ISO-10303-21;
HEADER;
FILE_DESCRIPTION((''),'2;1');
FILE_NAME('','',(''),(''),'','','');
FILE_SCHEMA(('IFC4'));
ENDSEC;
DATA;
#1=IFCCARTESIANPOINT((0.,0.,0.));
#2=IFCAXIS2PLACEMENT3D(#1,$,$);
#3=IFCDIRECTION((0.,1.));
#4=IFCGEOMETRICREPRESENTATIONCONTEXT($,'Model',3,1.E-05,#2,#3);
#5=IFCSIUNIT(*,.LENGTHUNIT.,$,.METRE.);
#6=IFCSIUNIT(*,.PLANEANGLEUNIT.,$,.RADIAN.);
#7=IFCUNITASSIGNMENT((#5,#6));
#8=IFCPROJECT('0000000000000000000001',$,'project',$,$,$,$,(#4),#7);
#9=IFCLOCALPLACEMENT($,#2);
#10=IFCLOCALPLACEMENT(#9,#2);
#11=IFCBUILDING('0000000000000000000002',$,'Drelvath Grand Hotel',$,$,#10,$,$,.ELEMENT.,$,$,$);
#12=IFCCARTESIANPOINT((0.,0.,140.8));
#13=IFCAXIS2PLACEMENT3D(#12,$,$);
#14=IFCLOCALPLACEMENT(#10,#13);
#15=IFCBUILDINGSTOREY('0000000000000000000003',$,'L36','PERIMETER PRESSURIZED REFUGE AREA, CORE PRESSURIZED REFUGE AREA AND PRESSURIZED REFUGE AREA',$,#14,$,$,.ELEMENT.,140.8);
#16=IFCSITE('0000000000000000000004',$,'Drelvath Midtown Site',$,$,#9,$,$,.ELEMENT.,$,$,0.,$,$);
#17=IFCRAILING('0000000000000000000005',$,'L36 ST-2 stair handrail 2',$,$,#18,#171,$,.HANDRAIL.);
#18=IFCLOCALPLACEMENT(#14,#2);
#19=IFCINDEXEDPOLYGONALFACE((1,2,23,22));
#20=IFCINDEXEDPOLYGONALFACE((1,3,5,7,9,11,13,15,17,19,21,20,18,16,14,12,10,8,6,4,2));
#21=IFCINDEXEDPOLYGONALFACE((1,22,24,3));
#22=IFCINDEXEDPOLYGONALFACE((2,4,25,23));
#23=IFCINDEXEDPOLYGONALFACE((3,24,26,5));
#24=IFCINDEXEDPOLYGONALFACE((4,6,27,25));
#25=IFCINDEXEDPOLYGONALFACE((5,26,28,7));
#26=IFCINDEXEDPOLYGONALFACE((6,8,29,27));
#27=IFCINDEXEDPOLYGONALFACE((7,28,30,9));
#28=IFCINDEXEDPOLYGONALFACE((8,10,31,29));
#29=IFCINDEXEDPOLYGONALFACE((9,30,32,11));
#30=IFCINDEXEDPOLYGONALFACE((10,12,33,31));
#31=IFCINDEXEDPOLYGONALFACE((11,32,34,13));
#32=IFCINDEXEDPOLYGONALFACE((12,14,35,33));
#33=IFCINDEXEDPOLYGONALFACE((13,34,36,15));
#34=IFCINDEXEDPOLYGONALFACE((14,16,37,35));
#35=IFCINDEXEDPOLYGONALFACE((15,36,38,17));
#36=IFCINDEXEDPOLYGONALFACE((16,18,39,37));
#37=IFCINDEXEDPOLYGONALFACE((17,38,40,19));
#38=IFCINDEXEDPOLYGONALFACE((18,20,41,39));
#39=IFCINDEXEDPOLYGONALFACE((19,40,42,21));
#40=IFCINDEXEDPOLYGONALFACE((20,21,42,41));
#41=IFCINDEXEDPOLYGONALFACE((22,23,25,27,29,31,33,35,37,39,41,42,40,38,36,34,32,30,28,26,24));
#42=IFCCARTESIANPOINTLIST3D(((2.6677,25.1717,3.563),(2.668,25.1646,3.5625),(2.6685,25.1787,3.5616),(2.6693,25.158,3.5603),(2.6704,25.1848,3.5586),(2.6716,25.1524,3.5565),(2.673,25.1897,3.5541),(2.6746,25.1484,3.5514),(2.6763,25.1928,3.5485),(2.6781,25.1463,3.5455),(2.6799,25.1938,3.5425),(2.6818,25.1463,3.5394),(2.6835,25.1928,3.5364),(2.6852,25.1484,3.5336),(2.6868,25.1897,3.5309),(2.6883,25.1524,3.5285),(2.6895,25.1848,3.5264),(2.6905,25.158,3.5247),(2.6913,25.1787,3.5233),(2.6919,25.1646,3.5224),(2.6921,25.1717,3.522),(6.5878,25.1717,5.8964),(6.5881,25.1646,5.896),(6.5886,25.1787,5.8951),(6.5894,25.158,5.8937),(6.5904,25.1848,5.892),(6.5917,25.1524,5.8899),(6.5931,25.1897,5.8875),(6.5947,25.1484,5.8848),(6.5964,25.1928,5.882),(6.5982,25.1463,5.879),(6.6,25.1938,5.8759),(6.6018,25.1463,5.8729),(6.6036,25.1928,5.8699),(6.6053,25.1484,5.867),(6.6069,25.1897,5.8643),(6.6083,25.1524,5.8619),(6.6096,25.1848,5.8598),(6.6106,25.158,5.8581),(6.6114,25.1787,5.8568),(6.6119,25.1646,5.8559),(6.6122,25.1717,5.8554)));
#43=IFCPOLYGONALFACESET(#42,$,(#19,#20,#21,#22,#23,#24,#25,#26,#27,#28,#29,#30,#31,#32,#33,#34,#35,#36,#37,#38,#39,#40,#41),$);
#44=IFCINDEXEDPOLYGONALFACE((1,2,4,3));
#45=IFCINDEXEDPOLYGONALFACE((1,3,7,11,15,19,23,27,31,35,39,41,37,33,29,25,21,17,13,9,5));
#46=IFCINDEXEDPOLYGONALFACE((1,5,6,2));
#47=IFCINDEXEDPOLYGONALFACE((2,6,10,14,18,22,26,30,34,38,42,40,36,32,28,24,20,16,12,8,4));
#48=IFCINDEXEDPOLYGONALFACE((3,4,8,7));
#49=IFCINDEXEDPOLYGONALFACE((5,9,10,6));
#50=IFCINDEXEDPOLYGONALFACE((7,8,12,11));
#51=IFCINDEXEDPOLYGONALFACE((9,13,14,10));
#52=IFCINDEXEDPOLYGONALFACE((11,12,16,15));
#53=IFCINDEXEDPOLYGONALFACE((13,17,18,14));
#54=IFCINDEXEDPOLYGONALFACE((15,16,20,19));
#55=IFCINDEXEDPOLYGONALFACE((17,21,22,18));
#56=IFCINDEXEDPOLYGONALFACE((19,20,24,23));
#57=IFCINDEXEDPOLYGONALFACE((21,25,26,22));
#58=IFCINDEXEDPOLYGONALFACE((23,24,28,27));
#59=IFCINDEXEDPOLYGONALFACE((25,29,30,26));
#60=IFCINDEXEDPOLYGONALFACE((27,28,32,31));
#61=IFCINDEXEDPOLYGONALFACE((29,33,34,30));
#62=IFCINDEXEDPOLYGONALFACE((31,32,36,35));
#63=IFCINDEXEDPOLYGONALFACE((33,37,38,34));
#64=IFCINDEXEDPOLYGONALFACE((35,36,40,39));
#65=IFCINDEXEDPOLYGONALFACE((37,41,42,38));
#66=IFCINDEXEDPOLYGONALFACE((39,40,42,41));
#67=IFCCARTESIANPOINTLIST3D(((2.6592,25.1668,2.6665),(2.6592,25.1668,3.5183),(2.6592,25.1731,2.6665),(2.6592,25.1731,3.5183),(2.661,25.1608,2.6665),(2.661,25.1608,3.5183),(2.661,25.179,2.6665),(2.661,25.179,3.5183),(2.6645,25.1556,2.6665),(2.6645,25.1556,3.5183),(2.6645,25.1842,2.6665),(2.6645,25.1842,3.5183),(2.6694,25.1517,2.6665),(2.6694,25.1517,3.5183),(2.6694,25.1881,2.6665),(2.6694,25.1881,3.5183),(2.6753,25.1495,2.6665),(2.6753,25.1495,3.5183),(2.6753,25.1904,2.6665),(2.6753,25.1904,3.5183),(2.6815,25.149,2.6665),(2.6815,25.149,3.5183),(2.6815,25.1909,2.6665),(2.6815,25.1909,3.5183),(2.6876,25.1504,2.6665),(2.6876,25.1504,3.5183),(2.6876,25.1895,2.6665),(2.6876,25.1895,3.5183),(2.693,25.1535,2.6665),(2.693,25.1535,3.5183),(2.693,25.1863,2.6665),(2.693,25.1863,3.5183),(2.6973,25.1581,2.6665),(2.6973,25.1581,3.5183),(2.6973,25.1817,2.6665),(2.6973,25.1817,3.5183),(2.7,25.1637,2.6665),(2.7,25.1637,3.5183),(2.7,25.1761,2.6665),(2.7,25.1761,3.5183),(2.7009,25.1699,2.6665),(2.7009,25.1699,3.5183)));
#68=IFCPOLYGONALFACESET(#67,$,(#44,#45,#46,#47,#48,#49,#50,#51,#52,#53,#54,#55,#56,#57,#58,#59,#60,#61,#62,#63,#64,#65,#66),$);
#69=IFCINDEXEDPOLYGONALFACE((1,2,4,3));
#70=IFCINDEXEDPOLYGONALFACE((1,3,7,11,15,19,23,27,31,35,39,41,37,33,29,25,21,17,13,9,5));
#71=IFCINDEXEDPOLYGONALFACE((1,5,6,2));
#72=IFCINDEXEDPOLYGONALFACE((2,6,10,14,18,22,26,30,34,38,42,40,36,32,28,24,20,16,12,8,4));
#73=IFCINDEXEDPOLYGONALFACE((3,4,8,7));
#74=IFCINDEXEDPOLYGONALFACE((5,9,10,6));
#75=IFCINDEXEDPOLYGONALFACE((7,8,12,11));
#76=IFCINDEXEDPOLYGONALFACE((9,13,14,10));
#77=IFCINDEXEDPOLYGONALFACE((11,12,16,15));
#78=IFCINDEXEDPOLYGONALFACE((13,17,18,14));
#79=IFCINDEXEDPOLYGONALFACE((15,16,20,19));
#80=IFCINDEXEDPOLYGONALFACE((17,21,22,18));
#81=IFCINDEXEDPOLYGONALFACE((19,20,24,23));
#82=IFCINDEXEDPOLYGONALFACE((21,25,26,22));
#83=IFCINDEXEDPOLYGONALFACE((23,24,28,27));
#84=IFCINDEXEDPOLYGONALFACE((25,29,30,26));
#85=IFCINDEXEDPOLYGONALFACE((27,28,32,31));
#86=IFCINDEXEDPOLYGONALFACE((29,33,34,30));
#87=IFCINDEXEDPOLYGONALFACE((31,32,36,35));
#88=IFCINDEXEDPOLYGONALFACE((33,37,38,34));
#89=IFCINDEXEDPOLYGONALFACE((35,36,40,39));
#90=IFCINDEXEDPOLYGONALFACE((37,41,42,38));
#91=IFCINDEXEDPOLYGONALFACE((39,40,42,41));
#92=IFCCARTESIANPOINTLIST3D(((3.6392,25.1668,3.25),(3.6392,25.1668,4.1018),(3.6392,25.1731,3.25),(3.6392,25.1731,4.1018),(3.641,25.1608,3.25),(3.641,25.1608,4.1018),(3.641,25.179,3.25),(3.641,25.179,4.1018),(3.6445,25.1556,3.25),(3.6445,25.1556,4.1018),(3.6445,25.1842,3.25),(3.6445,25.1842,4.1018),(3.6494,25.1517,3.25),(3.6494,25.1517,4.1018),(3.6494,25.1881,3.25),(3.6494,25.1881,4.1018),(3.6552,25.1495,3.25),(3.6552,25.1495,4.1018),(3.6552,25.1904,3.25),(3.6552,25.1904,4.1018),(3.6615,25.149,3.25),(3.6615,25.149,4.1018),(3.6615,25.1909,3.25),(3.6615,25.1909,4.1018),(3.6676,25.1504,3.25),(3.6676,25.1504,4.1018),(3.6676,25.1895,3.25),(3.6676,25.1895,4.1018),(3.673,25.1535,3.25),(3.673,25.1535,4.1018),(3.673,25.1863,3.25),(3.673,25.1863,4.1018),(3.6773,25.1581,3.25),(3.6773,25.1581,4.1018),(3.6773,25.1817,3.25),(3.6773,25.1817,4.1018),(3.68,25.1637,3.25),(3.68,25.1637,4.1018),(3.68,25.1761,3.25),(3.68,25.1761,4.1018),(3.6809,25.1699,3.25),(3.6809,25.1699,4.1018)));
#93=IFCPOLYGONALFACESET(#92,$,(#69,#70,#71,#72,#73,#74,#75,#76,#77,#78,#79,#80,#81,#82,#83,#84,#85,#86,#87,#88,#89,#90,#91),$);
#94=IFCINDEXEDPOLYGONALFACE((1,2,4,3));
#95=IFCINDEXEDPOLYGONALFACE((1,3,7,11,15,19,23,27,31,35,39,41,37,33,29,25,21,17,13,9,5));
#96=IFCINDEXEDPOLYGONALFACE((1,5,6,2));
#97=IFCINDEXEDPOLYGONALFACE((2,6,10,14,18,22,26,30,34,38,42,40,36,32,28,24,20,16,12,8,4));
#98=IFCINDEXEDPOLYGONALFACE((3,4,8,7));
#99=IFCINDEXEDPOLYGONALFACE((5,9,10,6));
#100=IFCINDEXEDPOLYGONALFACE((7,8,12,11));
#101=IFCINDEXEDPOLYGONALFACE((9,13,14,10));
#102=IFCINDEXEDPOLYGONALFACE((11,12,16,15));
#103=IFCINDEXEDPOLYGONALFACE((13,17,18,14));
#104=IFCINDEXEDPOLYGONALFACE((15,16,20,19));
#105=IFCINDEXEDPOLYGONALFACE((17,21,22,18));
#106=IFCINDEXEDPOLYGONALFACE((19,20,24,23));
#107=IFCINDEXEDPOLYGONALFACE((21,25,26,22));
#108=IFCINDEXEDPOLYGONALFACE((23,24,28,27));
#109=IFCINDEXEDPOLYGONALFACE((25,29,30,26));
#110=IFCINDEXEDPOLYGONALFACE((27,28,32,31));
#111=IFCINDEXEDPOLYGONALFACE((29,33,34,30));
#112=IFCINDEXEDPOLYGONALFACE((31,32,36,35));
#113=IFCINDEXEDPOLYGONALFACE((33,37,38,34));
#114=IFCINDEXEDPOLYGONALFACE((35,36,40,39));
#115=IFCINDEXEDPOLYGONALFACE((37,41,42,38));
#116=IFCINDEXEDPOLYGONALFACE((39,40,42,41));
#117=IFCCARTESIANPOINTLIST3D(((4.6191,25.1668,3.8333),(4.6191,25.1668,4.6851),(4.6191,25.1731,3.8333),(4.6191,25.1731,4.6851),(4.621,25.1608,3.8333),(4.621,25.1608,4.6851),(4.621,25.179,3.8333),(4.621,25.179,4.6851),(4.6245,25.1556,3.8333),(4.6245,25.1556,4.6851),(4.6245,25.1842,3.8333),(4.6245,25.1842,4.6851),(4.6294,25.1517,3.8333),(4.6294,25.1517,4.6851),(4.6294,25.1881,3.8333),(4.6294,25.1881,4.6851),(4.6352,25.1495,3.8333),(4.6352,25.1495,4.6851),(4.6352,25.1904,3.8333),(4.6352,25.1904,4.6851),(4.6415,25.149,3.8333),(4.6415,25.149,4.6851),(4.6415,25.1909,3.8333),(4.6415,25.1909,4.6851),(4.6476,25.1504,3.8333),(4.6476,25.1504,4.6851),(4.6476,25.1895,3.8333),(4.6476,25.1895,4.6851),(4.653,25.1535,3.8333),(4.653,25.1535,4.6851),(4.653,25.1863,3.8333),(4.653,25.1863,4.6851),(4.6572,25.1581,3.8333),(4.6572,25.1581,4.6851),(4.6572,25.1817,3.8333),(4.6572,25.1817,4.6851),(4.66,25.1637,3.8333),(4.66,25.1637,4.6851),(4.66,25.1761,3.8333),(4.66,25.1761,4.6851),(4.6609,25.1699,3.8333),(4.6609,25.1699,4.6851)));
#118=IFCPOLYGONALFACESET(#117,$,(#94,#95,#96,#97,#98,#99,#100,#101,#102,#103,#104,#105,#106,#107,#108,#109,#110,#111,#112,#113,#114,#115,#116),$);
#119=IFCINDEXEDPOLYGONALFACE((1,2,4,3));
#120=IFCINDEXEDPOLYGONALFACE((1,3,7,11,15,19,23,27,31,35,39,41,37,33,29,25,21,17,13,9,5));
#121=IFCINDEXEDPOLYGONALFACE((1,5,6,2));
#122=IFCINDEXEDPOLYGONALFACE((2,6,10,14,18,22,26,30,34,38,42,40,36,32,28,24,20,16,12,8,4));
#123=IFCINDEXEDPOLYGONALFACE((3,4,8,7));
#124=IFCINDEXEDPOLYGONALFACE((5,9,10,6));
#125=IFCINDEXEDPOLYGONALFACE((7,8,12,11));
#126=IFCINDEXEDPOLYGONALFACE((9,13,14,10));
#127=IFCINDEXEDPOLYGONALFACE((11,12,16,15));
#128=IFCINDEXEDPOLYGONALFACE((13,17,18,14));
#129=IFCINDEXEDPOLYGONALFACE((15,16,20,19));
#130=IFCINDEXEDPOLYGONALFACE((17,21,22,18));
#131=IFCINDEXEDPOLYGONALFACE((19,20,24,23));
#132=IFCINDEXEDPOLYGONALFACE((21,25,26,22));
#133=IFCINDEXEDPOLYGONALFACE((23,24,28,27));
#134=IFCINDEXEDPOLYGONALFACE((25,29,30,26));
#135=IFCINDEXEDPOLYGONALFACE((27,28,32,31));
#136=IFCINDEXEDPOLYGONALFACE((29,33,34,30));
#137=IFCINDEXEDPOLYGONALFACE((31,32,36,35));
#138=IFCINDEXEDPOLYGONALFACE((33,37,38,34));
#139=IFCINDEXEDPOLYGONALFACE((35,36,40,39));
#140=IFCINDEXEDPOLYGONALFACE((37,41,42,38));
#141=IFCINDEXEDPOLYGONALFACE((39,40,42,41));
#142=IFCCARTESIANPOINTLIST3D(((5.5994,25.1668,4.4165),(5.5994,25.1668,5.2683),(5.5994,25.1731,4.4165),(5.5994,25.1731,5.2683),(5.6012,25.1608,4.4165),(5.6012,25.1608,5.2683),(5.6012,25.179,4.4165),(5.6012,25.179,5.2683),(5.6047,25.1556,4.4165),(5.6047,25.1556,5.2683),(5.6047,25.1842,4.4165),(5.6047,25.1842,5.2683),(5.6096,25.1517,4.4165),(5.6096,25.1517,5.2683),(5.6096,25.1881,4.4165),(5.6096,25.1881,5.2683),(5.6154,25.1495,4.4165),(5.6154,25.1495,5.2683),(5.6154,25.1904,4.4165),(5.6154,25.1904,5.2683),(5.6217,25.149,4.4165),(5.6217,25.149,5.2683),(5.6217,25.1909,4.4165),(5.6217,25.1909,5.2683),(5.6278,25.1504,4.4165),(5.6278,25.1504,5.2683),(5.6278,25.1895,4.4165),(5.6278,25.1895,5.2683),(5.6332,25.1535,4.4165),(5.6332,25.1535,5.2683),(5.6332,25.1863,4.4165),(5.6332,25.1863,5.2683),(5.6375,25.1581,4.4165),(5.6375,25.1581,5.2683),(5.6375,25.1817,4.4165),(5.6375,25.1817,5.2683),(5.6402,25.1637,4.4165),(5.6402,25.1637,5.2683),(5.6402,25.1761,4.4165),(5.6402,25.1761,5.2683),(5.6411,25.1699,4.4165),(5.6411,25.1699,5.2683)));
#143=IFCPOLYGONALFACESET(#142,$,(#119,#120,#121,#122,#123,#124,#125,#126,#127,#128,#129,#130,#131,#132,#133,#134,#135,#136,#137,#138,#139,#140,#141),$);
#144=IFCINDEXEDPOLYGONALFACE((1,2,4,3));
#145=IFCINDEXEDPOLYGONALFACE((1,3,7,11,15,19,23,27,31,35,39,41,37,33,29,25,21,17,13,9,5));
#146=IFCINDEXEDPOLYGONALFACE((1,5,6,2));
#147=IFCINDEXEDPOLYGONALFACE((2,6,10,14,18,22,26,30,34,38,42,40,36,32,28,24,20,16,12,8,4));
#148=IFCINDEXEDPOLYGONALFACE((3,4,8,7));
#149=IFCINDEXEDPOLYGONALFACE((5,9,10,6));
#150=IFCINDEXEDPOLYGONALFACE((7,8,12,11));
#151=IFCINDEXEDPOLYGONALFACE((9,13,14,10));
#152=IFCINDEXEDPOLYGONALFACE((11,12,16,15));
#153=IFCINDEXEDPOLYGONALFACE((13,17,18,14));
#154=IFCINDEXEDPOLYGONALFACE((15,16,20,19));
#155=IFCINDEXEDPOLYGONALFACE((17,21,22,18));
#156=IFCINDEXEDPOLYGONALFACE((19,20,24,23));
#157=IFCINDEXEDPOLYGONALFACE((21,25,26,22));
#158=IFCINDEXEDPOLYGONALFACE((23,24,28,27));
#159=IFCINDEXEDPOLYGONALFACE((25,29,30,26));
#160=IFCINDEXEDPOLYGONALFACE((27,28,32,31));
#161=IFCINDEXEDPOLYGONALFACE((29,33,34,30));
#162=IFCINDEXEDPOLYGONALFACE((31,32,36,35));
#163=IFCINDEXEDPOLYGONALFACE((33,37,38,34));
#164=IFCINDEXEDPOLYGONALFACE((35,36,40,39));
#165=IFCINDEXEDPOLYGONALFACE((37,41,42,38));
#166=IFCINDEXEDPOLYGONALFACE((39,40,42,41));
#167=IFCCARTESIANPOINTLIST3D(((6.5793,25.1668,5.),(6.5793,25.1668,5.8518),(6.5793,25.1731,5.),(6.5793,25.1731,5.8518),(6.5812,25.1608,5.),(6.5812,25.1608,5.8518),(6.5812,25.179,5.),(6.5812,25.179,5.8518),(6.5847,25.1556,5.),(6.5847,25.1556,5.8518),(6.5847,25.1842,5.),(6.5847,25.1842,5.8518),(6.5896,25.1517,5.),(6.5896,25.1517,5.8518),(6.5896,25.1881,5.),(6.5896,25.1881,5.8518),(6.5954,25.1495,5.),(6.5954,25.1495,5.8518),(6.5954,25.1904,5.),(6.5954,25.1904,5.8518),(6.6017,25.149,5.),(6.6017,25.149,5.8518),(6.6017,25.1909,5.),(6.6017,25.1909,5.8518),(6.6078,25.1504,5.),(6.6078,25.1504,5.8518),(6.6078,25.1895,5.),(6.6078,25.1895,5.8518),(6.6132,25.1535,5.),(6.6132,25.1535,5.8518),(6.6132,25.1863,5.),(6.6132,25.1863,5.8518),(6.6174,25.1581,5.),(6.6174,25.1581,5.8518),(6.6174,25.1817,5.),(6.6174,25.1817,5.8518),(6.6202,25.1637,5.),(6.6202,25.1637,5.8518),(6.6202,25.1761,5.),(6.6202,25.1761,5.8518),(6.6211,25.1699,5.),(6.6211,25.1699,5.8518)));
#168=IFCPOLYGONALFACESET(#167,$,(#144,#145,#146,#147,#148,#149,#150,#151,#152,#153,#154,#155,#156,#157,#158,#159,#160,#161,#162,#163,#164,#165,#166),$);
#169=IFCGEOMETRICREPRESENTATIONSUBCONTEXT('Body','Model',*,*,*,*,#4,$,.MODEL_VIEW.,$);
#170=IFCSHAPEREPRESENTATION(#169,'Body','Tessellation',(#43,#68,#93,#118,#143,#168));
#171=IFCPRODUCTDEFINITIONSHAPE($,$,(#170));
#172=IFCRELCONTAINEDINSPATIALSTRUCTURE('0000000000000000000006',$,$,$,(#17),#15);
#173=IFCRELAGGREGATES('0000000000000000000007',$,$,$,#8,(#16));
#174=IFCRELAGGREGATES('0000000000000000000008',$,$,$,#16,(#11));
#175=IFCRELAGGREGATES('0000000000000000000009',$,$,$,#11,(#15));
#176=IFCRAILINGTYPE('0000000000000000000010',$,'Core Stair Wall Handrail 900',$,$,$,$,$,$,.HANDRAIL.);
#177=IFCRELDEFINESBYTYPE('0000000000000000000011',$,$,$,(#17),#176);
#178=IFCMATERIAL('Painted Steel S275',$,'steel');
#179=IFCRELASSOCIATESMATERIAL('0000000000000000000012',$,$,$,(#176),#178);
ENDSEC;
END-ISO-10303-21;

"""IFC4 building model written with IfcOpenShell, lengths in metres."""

from ifc_helpers import new_model, si_unit, direction, frame, origin, origin_2d, place, context, subcontext, project, spatial, circle, extrude, material, type_object, element, save


model = new_model("IFC4")

# Units and contexts
model_context = context("Model", 3, precision=1e-05, world=origin(), true_north=direction((0.0, 1.0)))
body_context = subcontext(model_context, "Body", "Model", "MODEL_VIEW")
ifc_project = project(units=[si_unit("LENGTHUNIT", "METRE"), si_unit("PLANEANGLEUNIT", "RADIAN")], contexts=[model_context])

# Site, building, storey
site_placement = place(None, origin())
site = spatial("IfcSite", under=ifc_project, at=site_placement, Name="Drelvath Midtown Site", CompositionType="ELEMENT", RefElevation=0.0)
building_placement = place(site_placement, origin())
building = spatial("IfcBuilding", under=site, at=building_placement, Name="Drelvath Grand Hotel", CompositionType="ELEMENT")
storey_placement = place(building_placement, frame((0.0, 0.0, 140.8)))
storey = spatial("IfcBuildingStorey", under=building, at=storey_placement, Name="L36", Description="PERIMETER PRESSURIZED REFUGE AREA, CORE PRESSURIZED REFUGE AREA AND PRESSURIZED REFUGE AREA", CompositionType="ELEMENT", Elevation=140.8)

# Railing
ifc_material_1 = material(Name="Painted Steel S275", Category="steel")
railing_type_1 = type_object("IfcRailingType", Name="Core Stair Wall Handrail 900", PredefinedType="HANDRAIL", material=ifc_material_1)
railing_1_placement = place(storey_placement, frame((2.6799, 25.1699, 2.6665)))
element("IfcRailing", 1, at=railing_1_placement, inside=storey, type_object=railing_type_1, Name="L36 ST-2 stair handrail 2", PredefinedType="HANDRAIL", context=body_context, shape_type="SweptSolid", body=[
    extrude(circle(Radius=0.0239, at=origin_2d()), frame((0.0, 0.0, 0.876), z_axis=(0.859287, 0.0, 0.511494), x_axis=(0.0, 1.0, 0.0)), (0.0, 0.0, 1.0), 4.562),
    extrude(circle(Radius=0.021, at=origin_2d()), origin(), (0.0, 0.0, 1.0), 0.8518),
    extrude(circle(Radius=0.021, at=origin_2d()), frame((0.98, 0.0, 0.5835)), (0.0, 0.0, 1.0), 0.8518),
    extrude(circle(Radius=0.021, at=origin_2d()), frame((1.96, 0.0, 1.1667)), (0.0, 0.0, 1.0), 0.8518),
    extrude(circle(Radius=0.021, at=origin_2d()), frame((2.9402, 0.0, 1.75)), (0.0, 0.0, 1.0), 0.8518),
    extrude(circle(Radius=0.021, at=origin_2d()), frame((3.9202, 0.0, 2.3335)), (0.0, 0.0, 1.0), 0.8518),
])

save(model, "model.ifc")
